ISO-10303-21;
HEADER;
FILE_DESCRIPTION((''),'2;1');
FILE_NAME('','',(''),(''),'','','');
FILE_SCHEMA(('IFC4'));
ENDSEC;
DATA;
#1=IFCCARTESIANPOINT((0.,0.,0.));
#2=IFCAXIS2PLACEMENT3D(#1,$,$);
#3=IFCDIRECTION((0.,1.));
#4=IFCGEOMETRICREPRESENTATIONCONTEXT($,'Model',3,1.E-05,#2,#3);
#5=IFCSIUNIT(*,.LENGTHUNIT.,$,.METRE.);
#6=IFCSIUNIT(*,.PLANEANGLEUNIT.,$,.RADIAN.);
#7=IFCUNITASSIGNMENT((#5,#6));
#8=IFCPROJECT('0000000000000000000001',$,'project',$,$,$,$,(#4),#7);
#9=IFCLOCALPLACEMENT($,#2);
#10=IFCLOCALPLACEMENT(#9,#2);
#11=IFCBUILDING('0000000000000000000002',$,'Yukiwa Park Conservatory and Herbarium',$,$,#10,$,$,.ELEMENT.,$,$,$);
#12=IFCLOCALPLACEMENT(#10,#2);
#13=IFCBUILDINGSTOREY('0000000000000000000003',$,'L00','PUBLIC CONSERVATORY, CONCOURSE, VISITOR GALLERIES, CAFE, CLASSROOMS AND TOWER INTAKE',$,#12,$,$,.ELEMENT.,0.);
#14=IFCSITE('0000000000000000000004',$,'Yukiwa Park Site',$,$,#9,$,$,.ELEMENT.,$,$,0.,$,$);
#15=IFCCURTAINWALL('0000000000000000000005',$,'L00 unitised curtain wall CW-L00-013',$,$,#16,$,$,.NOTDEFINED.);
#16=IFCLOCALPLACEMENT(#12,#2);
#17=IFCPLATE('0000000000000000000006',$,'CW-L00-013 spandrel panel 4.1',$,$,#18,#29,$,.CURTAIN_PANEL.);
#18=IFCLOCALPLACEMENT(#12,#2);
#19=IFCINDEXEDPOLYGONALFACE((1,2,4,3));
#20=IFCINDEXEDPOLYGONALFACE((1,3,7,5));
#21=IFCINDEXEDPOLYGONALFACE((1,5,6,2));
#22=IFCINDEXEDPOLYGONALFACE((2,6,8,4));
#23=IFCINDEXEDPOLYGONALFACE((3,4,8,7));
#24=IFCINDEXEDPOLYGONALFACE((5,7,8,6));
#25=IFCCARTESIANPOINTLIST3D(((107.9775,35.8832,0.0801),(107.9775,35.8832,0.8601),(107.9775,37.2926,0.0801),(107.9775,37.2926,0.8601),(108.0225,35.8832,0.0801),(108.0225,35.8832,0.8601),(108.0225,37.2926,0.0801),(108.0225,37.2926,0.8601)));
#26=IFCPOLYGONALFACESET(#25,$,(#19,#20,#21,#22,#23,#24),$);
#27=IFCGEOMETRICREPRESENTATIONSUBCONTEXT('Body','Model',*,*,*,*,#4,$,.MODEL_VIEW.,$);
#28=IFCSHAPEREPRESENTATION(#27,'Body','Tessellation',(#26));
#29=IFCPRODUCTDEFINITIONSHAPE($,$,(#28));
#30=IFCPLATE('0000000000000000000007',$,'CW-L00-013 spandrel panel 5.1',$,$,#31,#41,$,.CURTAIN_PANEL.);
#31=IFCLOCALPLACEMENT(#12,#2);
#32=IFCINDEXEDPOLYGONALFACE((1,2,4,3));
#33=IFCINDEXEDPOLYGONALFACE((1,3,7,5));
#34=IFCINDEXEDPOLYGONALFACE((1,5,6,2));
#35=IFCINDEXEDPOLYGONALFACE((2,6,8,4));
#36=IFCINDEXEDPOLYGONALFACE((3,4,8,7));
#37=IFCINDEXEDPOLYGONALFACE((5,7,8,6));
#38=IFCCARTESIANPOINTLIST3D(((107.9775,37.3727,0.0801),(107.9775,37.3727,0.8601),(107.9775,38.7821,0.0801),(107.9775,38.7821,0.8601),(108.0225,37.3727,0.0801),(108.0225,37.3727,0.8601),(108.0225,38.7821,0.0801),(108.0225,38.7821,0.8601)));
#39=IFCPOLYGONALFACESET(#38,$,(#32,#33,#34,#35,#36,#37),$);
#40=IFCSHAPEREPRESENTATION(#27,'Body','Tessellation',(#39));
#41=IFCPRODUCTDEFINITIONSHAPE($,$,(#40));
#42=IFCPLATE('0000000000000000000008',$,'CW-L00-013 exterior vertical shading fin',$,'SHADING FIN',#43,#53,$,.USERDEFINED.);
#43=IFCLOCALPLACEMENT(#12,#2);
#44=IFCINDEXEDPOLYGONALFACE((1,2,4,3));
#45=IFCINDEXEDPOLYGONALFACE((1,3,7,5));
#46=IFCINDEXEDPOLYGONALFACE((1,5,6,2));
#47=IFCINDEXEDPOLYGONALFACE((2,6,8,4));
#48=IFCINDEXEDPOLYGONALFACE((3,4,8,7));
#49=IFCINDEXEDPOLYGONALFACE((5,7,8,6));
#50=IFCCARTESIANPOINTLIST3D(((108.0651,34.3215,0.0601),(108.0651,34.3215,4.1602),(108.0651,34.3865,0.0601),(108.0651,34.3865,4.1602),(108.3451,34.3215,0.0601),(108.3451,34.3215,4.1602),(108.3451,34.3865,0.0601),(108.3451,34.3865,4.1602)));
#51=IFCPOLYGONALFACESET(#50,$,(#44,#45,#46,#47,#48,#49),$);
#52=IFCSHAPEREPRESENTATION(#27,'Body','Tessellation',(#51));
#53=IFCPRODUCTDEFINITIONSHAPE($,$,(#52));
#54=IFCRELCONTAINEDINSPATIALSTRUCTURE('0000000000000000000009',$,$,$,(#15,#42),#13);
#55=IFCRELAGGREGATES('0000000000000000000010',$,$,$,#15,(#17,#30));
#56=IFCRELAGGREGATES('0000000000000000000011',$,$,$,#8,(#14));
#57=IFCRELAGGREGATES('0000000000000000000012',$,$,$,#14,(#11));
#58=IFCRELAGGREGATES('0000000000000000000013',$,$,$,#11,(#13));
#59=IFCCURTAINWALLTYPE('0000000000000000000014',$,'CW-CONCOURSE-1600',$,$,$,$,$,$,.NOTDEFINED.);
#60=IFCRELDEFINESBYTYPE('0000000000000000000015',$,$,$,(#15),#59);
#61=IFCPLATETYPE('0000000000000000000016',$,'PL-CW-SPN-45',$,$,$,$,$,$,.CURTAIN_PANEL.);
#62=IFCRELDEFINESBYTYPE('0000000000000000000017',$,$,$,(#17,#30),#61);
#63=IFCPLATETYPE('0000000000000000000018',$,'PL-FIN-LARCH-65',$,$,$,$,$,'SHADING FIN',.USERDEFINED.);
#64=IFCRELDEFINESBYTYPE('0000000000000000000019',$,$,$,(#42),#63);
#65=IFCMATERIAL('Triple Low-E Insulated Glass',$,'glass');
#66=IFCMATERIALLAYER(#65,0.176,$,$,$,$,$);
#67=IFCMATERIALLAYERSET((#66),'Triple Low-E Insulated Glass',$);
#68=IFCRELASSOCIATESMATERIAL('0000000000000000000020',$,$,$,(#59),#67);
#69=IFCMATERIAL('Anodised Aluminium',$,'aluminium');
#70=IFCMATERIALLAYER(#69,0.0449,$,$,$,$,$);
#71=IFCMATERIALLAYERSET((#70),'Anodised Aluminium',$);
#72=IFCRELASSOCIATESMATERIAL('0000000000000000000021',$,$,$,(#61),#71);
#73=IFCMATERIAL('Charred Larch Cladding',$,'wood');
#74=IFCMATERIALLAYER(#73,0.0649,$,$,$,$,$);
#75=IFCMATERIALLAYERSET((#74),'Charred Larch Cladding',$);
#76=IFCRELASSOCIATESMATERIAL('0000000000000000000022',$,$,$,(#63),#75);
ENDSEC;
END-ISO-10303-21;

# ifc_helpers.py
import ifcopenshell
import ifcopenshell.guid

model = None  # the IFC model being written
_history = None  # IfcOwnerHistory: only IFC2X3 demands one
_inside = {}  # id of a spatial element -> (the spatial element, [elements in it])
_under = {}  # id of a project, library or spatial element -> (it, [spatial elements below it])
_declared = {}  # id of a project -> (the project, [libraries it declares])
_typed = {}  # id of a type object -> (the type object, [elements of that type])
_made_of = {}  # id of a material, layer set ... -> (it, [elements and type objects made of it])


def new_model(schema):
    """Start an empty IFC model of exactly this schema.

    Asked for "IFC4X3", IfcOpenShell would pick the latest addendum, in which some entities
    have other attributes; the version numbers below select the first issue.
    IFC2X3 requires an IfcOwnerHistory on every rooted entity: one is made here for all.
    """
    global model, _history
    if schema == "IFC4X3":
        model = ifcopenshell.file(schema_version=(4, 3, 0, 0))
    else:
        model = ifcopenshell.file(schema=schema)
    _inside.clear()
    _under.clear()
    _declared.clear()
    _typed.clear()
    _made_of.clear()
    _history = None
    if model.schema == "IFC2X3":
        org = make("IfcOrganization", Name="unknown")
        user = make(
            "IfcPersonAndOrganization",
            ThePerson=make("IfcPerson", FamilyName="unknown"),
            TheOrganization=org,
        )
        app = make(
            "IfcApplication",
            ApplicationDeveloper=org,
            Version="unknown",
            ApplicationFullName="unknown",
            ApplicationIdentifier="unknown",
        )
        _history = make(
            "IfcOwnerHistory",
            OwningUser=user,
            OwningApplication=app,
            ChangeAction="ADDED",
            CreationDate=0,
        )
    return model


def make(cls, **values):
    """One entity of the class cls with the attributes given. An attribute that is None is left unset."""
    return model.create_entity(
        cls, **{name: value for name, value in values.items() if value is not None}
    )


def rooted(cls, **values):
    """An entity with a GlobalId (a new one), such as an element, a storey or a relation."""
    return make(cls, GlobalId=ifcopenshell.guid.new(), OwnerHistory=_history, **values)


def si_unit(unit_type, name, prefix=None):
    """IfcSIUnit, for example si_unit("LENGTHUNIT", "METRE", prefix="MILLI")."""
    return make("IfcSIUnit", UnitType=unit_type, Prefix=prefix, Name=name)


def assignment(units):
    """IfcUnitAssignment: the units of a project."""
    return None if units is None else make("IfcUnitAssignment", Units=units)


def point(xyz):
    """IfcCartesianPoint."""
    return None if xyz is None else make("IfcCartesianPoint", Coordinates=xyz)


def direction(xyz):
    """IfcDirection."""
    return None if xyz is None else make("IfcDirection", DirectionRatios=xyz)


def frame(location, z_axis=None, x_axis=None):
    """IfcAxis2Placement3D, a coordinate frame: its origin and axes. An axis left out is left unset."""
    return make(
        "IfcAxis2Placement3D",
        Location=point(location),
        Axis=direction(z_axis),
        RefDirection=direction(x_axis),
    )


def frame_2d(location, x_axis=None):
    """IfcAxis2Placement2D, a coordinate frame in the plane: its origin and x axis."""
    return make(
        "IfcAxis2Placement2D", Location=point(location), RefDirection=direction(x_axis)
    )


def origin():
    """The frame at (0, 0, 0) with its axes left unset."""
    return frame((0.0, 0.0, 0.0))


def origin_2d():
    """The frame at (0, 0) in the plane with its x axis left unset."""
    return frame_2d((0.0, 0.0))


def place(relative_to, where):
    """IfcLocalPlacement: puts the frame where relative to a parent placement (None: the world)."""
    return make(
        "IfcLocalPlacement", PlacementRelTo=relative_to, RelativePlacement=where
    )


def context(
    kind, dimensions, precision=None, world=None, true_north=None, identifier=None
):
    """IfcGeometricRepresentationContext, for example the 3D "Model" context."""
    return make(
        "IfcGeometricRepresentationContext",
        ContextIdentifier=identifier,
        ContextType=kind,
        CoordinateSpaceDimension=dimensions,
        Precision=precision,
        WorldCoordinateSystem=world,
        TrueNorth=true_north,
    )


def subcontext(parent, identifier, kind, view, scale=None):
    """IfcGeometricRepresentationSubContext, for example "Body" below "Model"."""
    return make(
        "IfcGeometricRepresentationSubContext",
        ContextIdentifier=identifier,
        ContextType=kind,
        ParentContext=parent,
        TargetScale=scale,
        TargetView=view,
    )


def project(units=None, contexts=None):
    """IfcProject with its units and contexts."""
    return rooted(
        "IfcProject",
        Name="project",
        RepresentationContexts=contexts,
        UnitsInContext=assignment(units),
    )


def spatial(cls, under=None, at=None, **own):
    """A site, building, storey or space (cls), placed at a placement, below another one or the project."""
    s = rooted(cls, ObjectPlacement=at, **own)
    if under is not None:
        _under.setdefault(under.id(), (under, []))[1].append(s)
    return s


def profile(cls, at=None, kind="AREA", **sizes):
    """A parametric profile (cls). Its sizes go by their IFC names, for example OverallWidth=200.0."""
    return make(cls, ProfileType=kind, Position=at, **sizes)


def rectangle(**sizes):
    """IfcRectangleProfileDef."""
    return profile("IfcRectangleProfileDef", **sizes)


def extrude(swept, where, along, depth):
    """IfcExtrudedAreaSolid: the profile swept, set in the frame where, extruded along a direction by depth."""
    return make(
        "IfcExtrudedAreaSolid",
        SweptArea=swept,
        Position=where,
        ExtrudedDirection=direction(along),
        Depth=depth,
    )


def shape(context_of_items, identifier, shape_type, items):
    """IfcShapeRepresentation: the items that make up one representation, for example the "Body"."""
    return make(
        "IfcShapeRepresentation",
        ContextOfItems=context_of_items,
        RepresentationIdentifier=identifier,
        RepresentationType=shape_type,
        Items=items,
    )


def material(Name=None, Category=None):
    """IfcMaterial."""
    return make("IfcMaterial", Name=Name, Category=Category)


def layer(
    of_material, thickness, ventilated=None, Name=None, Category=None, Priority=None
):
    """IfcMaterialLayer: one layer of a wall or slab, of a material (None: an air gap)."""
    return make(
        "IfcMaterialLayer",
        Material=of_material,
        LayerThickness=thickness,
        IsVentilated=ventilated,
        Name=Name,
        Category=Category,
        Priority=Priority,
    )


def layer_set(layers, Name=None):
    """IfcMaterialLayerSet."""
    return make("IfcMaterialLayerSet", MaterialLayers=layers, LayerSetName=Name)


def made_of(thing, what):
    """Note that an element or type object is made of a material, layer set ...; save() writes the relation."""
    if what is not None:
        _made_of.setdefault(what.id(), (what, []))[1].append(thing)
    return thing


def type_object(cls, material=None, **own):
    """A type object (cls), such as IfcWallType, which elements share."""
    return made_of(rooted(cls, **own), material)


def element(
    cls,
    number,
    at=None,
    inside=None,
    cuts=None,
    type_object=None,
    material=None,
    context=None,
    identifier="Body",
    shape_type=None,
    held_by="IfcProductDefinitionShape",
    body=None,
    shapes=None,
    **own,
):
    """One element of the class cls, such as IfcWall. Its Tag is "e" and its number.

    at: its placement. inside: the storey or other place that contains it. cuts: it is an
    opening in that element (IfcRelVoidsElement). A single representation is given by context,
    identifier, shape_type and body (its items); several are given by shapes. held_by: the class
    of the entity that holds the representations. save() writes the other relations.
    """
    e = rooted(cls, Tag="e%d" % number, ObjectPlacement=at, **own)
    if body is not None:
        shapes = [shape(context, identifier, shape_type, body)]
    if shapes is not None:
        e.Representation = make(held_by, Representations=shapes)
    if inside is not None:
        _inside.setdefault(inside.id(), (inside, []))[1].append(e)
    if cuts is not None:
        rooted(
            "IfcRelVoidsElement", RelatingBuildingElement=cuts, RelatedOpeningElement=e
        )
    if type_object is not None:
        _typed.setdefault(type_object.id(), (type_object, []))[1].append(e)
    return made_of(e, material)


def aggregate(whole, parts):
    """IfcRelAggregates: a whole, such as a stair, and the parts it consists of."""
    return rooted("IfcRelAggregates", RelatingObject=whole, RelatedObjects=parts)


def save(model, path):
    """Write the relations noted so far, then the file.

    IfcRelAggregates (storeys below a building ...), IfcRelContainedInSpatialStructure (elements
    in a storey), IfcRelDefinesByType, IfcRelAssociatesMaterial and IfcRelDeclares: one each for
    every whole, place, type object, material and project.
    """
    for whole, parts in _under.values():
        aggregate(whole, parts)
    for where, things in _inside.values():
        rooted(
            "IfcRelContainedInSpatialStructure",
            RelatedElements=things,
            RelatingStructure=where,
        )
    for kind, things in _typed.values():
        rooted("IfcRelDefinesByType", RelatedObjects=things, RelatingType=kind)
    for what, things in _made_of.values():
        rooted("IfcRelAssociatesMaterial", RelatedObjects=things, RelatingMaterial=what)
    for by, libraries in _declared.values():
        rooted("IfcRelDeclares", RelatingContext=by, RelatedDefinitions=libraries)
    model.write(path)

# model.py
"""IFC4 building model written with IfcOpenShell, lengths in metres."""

from ifc_helpers import new_model, si_unit, direction, frame, origin, origin_2d, place, context, subcontext, project, spatial, rectangle, extrude, material, layer, layer_set, type_object, element, aggregate, save


model = new_model("IFC4")

# Units and contexts
model_context = context("Model", 3, precision=1e-05, world=origin(), true_north=direction((0.0, 1.0)))
body_context = subcontext(model_context, "Body", "Model", "MODEL_VIEW")
ifc_project = project(units=[si_unit("LENGTHUNIT", "METRE"), si_unit("PLANEANGLEUNIT", "RADIAN")], contexts=[model_context])

# Site, building, storey
site_placement = place(None, origin())
site = spatial("IfcSite", under=ifc_project, at=site_placement, Name="Yukiwa Park Site", CompositionType="ELEMENT", RefElevation=0.0)
building_placement = place(site_placement, origin())
building = spatial("IfcBuilding", under=site, at=building_placement, Name="Yukiwa Park Conservatory and Herbarium", CompositionType="ELEMENT")
storey_placement = place(building_placement, origin())
storey = spatial("IfcBuildingStorey", under=building, at=storey_placement, Name="L00", Description="PUBLIC CONSERVATORY, CONCOURSE, VISITOR GALLERIES, CAFE, CLASSROOMS AND TOWER INTAKE", CompositionType="ELEMENT", Elevation=0.0)

# Curtain wall, plates
ifc_material_1 = material(Name="Triple Low-E Insulated Glass", Category="glass")
ifc_layer_1 = layer(ifc_material_1, 0.176)
ifc_layer_set_1 = layer_set([ifc_layer_1], Name="Triple Low-E Insulated Glass")
curtain_wall_type = type_object("IfcCurtainWallType", Name="CW-CONCOURSE-1600", PredefinedType="NOTDEFINED", material=ifc_layer_set_1)
curtain_wall_placement = place(storey_placement, origin())
curtain_wall = element("IfcCurtainWall", 1, at=curtain_wall_placement, inside=storey, type_object=curtain_wall_type, Name="L00 unitised curtain wall CW-L00-013", PredefinedType="NOTDEFINED")
ifc_material_2 = material(Name="Anodised Aluminium", Category="aluminium")
ifc_layer_2 = layer(ifc_material_2, 0.0449)
ifc_layer_set_2 = layer_set([ifc_layer_2], Name="Anodised Aluminium")
plate_type_1 = type_object("IfcPlateType", Name="PL-CW-SPN-45", PredefinedType="CURTAIN_PANEL", material=ifc_layer_set_2)
plate_1_placement = place(storey_placement, frame((108.0, 36.5879, 0.0801), z_axis=(0.0, 0.0, 1.0), x_axis=(0.0, 1.0, 0.0)))
plate_1 = element("IfcPlate", 2, at=plate_1_placement, type_object=plate_type_1, Name="CW-L00-013 spandrel panel 4.1", PredefinedType="CURTAIN_PANEL", context=body_context, shape_type="SweptSolid", body=[
    extrude(rectangle(XDim=1.4094, YDim=0.0449, at=origin_2d()), origin(), (0.0, 0.0, 1.0), 0.78),
])
plate_2_placement = place(storey_placement, frame((108.0, 38.0774, 0.0801), z_axis=(0.0, 0.0, 1.0), x_axis=(0.0, 1.0, 0.0)))
plate_2 = element("IfcPlate", 3, at=plate_2_placement, type_object=plate_type_1, Name="CW-L00-013 spandrel panel 5.1", PredefinedType="CURTAIN_PANEL", context=body_context, shape_type="SweptSolid", body=[
    extrude(rectangle(XDim=1.4094, YDim=0.0449, at=origin_2d()), origin(), (0.0, 0.0, 1.0), 0.78),
])
aggregate(curtain_wall, [plate_1, plate_2])

# Plate
ifc_material_3 = material(Name="Charred Larch Cladding", Category="wood")
ifc_layer_3 = layer(ifc_material_3, 0.0649)
ifc_layer_set_3 = layer_set([ifc_layer_3], Name="Charred Larch Cladding")
plate_type_2 = type_object("IfcPlateType", Name="PL-FIN-LARCH-65", ElementType="SHADING FIN", PredefinedType="USERDEFINED", material=ifc_layer_set_3)
plate_3_placement = place(storey_placement, frame((108.2051, 34.354, 0.0601), z_axis=(0.0, 0.0, 1.0), x_axis=(0.0, 1.0, 0.0)))
element("IfcPlate", 4, at=plate_3_placement, inside=storey, type_object=plate_type_2, Name="CW-L00-013 exterior vertical shading fin", ObjectType="SHADING FIN", PredefinedType="USERDEFINED", context=body_context, shape_type="SweptSolid", body=[
    extrude(rectangle(XDim=0.0649, YDim=0.28, at=origin_2d()), origin(), (0.0, 0.0, 1.0), 4.1001),
])

save(model, "model.ifc")
